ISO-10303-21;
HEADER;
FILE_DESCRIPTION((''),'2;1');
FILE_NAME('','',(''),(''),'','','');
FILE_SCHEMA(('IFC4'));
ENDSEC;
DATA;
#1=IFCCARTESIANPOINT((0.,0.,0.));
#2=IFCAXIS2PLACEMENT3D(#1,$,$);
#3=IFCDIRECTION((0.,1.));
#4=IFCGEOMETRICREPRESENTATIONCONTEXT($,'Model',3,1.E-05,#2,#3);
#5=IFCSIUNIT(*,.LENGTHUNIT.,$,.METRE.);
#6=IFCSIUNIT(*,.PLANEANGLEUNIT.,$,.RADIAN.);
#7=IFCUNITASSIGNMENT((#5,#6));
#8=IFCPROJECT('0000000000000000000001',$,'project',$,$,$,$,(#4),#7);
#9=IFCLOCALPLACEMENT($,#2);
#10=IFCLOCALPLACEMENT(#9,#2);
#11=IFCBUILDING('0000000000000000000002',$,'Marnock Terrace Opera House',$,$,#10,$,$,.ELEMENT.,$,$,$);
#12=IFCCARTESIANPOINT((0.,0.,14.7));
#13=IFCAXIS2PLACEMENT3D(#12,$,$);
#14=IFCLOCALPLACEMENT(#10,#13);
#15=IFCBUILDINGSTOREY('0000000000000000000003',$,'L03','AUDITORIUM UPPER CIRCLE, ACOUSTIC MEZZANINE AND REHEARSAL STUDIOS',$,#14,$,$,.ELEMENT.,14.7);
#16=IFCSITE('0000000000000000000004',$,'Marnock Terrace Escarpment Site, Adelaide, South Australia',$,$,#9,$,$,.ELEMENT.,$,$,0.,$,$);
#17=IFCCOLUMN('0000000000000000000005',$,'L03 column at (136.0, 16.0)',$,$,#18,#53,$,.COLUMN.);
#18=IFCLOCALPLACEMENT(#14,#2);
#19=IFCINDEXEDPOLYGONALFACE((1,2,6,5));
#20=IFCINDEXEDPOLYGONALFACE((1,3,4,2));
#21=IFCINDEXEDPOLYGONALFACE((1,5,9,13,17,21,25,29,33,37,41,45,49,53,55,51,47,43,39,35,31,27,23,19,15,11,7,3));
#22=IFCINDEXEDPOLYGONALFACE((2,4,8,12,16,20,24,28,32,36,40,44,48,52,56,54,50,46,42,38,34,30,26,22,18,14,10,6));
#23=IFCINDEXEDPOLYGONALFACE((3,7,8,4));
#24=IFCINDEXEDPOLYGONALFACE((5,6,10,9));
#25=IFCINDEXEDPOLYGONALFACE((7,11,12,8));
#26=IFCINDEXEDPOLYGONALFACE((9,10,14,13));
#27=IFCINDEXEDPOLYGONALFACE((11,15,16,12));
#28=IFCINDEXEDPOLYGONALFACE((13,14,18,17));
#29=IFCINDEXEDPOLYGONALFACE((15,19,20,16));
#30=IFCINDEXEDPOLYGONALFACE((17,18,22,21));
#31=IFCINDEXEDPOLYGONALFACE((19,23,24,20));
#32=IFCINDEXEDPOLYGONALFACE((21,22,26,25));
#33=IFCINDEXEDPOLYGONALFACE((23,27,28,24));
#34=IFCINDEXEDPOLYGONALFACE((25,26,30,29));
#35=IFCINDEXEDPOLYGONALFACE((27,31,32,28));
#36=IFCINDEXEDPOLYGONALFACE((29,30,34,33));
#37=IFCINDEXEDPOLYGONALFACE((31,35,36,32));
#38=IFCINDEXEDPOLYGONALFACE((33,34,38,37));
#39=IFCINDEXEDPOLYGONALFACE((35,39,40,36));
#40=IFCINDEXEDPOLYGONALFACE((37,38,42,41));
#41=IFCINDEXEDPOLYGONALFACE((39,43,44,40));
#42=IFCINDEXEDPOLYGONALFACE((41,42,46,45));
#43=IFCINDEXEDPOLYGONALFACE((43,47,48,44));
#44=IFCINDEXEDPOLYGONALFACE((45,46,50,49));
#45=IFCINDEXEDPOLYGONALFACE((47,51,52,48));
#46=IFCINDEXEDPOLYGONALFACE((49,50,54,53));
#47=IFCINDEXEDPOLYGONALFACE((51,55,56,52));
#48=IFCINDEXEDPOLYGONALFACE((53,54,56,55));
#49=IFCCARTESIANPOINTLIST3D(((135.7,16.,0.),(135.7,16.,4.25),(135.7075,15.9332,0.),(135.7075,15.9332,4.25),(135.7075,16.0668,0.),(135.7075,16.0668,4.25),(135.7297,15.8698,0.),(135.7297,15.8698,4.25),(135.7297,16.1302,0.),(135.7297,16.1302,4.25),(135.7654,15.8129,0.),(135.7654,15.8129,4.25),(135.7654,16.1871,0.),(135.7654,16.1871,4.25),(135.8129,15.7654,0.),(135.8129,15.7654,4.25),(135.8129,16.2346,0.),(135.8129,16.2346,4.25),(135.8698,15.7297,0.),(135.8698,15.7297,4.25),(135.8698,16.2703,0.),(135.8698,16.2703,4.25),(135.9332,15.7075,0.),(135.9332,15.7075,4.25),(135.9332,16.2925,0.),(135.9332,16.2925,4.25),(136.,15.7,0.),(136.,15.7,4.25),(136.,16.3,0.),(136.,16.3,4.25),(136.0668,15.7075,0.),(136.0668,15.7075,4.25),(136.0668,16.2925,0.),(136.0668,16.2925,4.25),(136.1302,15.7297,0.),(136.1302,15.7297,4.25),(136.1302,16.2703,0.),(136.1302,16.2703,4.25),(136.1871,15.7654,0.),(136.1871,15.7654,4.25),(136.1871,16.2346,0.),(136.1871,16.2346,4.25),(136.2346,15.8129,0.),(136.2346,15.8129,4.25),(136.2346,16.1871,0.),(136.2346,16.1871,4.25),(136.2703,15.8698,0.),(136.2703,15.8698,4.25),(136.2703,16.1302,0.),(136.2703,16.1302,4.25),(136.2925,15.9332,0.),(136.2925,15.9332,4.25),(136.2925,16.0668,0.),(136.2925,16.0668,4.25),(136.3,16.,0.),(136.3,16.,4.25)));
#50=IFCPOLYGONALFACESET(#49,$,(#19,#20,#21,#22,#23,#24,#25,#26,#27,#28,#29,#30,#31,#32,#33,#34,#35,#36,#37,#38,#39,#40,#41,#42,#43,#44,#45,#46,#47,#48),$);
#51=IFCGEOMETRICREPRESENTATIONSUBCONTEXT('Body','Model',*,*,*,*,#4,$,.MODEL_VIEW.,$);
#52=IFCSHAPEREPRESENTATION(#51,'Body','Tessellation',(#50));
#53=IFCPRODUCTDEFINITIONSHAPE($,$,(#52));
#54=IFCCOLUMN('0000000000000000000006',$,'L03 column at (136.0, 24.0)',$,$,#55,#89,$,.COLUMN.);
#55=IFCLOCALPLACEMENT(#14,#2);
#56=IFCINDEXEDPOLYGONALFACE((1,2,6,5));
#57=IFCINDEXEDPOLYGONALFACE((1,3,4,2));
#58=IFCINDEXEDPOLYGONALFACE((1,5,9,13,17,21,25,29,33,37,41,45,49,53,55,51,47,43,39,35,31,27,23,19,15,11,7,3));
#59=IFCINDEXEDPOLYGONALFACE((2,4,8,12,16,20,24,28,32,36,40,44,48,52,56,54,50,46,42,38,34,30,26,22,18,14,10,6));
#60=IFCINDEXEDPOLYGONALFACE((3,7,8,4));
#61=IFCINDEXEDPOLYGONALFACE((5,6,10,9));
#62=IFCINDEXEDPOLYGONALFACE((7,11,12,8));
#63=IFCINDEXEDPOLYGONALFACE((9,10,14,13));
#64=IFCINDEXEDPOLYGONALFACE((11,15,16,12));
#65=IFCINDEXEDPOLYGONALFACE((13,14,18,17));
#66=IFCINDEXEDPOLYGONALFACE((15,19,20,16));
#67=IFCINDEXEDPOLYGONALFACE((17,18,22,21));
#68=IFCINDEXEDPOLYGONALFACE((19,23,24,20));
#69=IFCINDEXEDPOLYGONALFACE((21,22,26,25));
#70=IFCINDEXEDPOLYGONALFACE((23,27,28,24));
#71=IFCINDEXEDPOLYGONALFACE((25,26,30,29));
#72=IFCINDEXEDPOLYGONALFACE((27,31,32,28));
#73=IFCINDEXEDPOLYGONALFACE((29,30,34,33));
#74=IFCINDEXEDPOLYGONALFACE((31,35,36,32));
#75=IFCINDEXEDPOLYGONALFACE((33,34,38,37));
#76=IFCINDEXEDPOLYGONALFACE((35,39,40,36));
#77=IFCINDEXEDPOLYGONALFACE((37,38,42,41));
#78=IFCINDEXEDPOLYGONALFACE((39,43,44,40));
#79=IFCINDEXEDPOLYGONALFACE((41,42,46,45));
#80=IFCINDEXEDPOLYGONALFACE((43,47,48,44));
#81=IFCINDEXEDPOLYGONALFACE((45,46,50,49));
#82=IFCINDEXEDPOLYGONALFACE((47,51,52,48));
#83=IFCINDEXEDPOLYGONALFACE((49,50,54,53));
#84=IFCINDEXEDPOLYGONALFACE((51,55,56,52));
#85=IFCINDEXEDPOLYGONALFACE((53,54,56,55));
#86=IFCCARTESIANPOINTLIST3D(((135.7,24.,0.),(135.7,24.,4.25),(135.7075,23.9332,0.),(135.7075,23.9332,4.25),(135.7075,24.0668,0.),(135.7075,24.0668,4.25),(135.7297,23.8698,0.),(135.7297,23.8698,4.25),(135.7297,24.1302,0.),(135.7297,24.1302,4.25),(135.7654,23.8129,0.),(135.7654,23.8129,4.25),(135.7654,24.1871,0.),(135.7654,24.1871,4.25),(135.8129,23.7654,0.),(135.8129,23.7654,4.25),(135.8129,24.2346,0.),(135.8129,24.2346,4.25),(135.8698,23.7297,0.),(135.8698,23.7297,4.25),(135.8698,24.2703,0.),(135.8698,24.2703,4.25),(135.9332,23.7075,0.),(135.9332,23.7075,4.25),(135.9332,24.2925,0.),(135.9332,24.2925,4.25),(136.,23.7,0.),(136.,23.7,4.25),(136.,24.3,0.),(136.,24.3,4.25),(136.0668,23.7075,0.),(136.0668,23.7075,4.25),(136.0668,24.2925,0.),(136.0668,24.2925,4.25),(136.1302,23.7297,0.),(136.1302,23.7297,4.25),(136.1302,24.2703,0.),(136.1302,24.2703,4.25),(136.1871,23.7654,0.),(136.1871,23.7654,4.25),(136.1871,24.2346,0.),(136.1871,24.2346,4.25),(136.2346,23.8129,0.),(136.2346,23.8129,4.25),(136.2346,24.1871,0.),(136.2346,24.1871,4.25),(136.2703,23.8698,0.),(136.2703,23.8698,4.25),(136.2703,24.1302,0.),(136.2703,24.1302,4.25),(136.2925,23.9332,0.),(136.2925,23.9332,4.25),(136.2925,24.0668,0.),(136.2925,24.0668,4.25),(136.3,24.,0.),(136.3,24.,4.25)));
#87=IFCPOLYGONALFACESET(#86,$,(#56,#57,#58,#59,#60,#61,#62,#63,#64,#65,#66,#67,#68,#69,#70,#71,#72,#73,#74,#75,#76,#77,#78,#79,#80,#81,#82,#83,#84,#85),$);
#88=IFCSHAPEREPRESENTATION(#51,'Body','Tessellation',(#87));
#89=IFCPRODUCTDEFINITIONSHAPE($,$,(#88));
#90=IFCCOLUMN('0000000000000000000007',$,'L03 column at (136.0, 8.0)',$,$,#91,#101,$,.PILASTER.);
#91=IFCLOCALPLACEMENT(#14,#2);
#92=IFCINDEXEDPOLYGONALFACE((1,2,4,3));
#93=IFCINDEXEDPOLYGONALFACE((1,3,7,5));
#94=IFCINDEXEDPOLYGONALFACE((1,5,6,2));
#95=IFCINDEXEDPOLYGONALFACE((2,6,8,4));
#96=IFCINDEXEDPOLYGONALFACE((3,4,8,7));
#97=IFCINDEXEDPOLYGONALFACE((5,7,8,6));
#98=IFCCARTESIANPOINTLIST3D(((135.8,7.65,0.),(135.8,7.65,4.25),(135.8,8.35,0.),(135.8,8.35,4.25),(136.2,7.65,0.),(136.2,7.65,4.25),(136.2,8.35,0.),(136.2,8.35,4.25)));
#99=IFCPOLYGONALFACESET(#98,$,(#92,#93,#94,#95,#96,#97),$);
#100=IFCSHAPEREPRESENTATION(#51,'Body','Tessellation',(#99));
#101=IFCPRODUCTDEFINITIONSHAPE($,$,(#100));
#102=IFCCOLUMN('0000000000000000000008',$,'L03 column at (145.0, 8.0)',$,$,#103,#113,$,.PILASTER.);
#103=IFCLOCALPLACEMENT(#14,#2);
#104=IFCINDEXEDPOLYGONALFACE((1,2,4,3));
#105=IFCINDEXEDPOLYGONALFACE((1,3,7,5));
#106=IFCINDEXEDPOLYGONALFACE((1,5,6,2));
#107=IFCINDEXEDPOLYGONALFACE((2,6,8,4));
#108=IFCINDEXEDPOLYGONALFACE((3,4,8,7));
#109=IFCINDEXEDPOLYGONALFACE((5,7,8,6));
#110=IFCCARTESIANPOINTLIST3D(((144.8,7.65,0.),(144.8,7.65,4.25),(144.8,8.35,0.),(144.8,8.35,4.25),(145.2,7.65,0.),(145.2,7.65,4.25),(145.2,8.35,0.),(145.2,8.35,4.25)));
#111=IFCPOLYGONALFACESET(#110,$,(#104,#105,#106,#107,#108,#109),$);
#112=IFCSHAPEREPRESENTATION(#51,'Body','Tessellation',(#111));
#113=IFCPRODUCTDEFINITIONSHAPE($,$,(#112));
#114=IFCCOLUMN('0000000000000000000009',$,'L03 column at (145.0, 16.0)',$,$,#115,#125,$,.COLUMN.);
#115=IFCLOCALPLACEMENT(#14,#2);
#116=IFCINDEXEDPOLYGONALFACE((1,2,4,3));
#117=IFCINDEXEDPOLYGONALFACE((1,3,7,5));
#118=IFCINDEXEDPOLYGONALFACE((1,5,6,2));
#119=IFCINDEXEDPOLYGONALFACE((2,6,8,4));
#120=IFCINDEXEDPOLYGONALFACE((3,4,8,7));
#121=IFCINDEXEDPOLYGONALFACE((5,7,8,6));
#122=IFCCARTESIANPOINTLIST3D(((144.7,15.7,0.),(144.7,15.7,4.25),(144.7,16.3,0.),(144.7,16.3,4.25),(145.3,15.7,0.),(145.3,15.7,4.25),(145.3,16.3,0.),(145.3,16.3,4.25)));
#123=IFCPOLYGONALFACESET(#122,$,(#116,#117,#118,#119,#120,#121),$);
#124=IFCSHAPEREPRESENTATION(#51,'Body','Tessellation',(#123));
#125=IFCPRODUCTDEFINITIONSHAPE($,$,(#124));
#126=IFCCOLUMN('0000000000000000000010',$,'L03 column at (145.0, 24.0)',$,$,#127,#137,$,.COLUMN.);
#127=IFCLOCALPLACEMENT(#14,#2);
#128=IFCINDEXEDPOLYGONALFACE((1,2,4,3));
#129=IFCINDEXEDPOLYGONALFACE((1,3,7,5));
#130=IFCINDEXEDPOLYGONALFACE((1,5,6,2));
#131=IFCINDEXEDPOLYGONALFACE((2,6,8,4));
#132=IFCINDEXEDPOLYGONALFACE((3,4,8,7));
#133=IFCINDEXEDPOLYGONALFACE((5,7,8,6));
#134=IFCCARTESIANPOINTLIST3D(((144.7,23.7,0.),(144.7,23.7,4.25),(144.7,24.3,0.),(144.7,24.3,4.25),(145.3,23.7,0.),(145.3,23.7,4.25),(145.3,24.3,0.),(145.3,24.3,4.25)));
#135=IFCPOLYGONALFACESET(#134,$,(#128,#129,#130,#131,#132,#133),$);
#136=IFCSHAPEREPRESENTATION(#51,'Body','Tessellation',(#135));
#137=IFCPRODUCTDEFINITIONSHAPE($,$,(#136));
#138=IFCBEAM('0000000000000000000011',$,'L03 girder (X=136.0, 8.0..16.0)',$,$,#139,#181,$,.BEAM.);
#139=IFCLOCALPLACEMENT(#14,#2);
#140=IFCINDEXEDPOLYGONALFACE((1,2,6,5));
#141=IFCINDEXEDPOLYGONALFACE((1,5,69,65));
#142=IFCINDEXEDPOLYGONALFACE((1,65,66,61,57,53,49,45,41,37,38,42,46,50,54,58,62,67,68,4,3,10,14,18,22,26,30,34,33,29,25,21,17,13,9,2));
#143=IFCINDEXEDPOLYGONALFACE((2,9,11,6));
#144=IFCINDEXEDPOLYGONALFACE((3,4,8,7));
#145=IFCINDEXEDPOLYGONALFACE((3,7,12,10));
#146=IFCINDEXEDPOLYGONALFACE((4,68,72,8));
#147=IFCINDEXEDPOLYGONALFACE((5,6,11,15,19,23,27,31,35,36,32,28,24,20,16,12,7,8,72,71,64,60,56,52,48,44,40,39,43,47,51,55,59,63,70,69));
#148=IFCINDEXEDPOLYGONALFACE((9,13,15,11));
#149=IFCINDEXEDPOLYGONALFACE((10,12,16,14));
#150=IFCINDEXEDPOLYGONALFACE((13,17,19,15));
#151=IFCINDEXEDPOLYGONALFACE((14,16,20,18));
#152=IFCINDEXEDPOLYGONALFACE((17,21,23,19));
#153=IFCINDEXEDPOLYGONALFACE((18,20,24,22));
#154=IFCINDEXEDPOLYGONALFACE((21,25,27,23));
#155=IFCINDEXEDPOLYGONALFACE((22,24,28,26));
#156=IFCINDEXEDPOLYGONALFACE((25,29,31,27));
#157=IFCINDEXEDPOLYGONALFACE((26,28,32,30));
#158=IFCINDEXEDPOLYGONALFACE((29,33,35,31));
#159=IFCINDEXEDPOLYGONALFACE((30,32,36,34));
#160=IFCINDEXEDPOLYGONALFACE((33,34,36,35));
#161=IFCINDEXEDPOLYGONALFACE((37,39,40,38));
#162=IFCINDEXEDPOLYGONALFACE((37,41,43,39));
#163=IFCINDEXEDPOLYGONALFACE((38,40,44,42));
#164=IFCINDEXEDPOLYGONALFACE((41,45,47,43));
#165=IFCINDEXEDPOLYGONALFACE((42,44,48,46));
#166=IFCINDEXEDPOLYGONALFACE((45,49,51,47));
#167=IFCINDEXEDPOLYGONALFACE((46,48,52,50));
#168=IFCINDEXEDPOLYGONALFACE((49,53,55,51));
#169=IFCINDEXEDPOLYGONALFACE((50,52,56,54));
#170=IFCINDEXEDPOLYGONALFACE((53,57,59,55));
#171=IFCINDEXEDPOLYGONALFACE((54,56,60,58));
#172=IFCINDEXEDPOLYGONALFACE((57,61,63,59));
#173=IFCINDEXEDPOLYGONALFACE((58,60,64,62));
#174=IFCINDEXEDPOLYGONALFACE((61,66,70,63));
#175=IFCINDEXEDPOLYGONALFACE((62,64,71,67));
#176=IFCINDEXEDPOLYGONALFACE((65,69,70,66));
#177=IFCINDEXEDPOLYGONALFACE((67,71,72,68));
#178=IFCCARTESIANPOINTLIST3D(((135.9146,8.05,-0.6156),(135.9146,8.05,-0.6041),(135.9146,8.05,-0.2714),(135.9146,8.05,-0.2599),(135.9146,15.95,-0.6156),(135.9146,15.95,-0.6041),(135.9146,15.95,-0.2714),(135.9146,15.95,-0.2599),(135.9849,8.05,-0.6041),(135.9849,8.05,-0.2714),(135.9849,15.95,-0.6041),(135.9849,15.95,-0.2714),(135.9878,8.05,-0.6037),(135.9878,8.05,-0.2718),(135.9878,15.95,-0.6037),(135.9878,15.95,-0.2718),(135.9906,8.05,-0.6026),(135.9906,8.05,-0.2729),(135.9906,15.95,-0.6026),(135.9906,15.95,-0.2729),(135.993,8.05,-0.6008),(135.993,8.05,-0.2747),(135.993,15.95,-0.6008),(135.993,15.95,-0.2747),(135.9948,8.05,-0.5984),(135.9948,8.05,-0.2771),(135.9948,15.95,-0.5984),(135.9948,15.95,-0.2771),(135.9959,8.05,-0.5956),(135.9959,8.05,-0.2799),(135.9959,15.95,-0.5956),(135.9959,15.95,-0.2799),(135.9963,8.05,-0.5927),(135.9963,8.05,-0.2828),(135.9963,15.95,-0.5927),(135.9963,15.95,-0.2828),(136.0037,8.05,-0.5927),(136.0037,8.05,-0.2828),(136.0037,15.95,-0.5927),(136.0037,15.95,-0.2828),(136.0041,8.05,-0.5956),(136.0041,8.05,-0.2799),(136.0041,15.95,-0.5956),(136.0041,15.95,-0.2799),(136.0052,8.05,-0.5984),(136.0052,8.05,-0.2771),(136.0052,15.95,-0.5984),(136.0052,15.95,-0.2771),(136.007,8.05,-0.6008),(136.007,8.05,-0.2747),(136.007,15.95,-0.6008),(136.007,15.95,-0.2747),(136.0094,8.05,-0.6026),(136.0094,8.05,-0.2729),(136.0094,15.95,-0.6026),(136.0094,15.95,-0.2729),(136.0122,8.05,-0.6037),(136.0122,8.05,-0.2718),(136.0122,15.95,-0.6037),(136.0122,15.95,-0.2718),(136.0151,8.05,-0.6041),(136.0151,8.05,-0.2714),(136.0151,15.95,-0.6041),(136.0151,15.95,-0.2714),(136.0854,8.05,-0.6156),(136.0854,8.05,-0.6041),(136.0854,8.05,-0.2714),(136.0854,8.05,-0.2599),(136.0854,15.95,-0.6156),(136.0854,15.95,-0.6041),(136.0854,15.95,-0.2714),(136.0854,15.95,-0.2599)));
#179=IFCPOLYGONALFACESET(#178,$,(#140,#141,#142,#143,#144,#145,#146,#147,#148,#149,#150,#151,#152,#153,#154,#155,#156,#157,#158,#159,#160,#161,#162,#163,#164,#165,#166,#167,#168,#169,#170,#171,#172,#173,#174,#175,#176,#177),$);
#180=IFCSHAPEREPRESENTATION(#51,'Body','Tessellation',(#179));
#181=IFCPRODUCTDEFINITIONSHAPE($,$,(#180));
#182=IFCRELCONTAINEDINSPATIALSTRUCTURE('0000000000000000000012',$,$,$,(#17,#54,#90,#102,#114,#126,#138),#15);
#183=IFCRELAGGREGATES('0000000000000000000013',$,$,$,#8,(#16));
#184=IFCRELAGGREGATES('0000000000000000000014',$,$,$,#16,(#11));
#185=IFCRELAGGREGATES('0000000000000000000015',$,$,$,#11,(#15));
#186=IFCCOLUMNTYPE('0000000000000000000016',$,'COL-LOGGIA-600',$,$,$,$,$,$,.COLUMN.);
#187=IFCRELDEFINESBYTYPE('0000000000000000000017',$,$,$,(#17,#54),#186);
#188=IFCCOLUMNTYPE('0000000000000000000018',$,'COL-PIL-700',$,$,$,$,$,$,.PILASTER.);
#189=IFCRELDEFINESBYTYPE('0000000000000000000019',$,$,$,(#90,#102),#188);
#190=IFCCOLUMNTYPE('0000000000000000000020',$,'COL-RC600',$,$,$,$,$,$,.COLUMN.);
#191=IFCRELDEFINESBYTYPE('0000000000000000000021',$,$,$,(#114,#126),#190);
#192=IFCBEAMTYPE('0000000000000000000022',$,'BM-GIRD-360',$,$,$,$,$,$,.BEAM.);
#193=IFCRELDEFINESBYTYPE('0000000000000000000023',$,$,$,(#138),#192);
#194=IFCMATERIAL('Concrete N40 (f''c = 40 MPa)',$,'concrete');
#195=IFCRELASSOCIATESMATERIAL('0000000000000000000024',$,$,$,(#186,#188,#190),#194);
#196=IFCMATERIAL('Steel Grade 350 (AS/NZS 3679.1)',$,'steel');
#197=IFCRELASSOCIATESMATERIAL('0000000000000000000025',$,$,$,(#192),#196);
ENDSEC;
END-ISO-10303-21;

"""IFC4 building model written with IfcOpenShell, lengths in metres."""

from ifc_helpers import new_model, si_unit, direction, frame, origin, origin_2d, place, context, subcontext, project, spatial, rectangle, circle, i_section, extrude, material, material_profile, profile_set, type_object, element, save


model = new_model("IFC4")

# Units and contexts
model_context = context("Model", 3, precision=1e-05, world=origin(), true_north=direction((0.0, 1.0)))
body_context = subcontext(model_context, "Body", "Model", "MODEL_VIEW")
ifc_project = project(units=[si_unit("LENGTHUNIT", "METRE"), si_unit("PLANEANGLEUNIT", "RADIAN")], contexts=[model_context])

# Site, building, storey
site_placement = place(None, origin())
site = spatial("IfcSite", under=ifc_project, at=site_placement, Name="Marnock Terrace Escarpment Site, Adelaide, South Australia", CompositionType="ELEMENT", RefElevation=0.0)
building_placement = place(site_placement, origin())
building = spatial("IfcBuilding", under=site, at=building_placement, Name="Marnock Terrace Opera House", CompositionType="ELEMENT")
storey_placement = place(building_placement, frame((0.0, 0.0, 14.7)))
storey = spatial("IfcBuildingStorey", under=building, at=storey_placement, Name="L03", Description="AUDITORIUM UPPER CIRCLE, ACOUSTIC MEZZANINE AND REHEARSAL STUDIOS", CompositionType="ELEMENT", Elevation=14.7)

# Columns
ifc_material_1 = material(Name="Concrete N40 (f'c = 40 MPa)", Category="concrete")
ifc_material_profile_1 = material_profile(ifc_material_1, circle(Radius=0.3, at=origin_2d()))
ifc_profile_set_1 = profile_set([ifc_material_profile_1], Name="Concrete N40 (f'c = 40 MPa)")
column_type_1 = type_object("IfcColumnType", Name="COL-LOGGIA-600", PredefinedType="COLUMN", material=ifc_profile_set_1)
for number, where, z_axis, x_axis, name in (
    (1, (136.0, 16.0, 0.0), (0.0, 0.0, 1.0), (1.0, 0.0, 0.0), "L03 column at (136.0, 16.0)"),
    (2, (136.0, 24.0, 0.0), (0.0, 0.0, 1.0), (1.0, 0.0, 0.0), "L03 column at (136.0, 24.0)"),
):
    element("IfcColumn", number, at=place(storey_placement, frame(where, z_axis=z_axis, x_axis=x_axis)), inside=storey, type_object=column_type_1, Name=name, PredefinedType="COLUMN", context=body_context, shape_type="SweptSolid", body=[
        extrude(circle(Radius=0.3, at=origin_2d()), origin(), (0.0, 0.0, 1.0), 4.25),
    ])
ifc_material_profile_2 = material_profile(ifc_material_1, rectangle(XDim=0.3999, YDim=0.7, at=origin_2d()))
ifc_profile_set_2 = profile_set([ifc_material_profile_2], Name="Concrete N40 (f'c = 40 MPa)")
column_type_2 = type_object("IfcColumnType", Name="COL-PIL-700", PredefinedType="PILASTER", material=ifc_profile_set_2)
for number, where, z_axis, x_axis, name in (
    (3, (136.0, 8.0, 0.0), (0.0, 0.0, 1.0), (1.0, 0.0, 0.0), "L03 column at (136.0, 8.0)"),
    (4, (145.0, 8.0, 0.0), (0.0, 0.0, 1.0), (1.0, 0.0, 0.0), "L03 column at (145.0, 8.0)"),
):
    element("IfcColumn", number, at=place(storey_placement, frame(where, z_axis=z_axis, x_axis=x_axis)), inside=storey, type_object=column_type_2, Name=name, PredefinedType="PILASTER", context=body_context, shape_type="SweptSolid", body=[
        extrude(rectangle(XDim=0.3999, YDim=0.7, at=origin_2d()), origin(), (0.0, 0.0, 1.0), 4.25),
    ])
ifc_material_profile_3 = material_profile(ifc_material_1, rectangle(XDim=0.6001, YDim=0.6001, at=origin_2d()))
ifc_profile_set_3 = profile_set([ifc_material_profile_3], Name="Concrete N40 (f'c = 40 MPa)")
column_type_3 = type_object("IfcColumnType", Name="COL-RC600", PredefinedType="COLUMN", material=ifc_profile_set_3)
for number, where, z_axis, x_axis, name in (
    (5, (145.0, 16.0, 0.0), (0.0, 0.0, 1.0), (1.0, 0.0, 0.0), "L03 column at (145.0, 16.0)"),
    (6, (145.0, 24.0, 0.0), (0.0, 0.0, 1.0), (1.0, 0.0, 0.0), "L03 column at (145.0, 24.0)"),
):
    element("IfcColumn", number, at=place(storey_placement, frame(where, z_axis=z_axis, x_axis=x_axis)), inside=storey, type_object=column_type_3, Name=name, PredefinedType="COLUMN", context=body_context, shape_type="SweptSolid", body=[
        extrude(rectangle(XDim=0.6001, YDim=0.6001, at=origin_2d()), origin(), (0.0, 0.0, 1.0), 4.25),
    ])

# Beam
ifc_material_2 = material(Name="Steel Grade 350 (AS/NZS 3679.1)", Category="steel")
ifc_material_profile_4 = material_profile(ifc_material_2, i_section(OverallWidth=0.1709, OverallDepth=0.3557, WebThickness=0.0073, FlangeThickness=0.0115, FilletRadius=0.0115, at=origin_2d()))
ifc_profile_set_4 = profile_set([ifc_material_profile_4], Name="Steel Grade 350 (AS/NZS 3679.1)")
beam_type_1 = type_object("IfcBeamType", Name="BM-GIRD-360", PredefinedType="BEAM", material=ifc_profile_set_4)
for number, where, z_axis, x_axis, name in (
    (7, (136.0, 8.05, -0.4377), (0.0, 1.0, 0.0), (-1.0, 0.0, 0.0), "L03 girder (X=136.0, 8.0..16.0)"),
):
    element("IfcBeam", number, at=place(storey_placement, frame(where, z_axis=z_axis, x_axis=x_axis)), inside=storey, type_object=beam_type_1, Name=name, PredefinedType="BEAM", context=body_context, shape_type="SweptSolid", body=[
        extrude(i_section(OverallWidth=0.1709, OverallDepth=0.3557, WebThickness=0.0073, FlangeThickness=0.0115, FilletRadius=0.0115, at=origin_2d()), origin(), (0.0, 0.0, 1.0), 7.8999),
    ])

save(model, "model.ifc")
